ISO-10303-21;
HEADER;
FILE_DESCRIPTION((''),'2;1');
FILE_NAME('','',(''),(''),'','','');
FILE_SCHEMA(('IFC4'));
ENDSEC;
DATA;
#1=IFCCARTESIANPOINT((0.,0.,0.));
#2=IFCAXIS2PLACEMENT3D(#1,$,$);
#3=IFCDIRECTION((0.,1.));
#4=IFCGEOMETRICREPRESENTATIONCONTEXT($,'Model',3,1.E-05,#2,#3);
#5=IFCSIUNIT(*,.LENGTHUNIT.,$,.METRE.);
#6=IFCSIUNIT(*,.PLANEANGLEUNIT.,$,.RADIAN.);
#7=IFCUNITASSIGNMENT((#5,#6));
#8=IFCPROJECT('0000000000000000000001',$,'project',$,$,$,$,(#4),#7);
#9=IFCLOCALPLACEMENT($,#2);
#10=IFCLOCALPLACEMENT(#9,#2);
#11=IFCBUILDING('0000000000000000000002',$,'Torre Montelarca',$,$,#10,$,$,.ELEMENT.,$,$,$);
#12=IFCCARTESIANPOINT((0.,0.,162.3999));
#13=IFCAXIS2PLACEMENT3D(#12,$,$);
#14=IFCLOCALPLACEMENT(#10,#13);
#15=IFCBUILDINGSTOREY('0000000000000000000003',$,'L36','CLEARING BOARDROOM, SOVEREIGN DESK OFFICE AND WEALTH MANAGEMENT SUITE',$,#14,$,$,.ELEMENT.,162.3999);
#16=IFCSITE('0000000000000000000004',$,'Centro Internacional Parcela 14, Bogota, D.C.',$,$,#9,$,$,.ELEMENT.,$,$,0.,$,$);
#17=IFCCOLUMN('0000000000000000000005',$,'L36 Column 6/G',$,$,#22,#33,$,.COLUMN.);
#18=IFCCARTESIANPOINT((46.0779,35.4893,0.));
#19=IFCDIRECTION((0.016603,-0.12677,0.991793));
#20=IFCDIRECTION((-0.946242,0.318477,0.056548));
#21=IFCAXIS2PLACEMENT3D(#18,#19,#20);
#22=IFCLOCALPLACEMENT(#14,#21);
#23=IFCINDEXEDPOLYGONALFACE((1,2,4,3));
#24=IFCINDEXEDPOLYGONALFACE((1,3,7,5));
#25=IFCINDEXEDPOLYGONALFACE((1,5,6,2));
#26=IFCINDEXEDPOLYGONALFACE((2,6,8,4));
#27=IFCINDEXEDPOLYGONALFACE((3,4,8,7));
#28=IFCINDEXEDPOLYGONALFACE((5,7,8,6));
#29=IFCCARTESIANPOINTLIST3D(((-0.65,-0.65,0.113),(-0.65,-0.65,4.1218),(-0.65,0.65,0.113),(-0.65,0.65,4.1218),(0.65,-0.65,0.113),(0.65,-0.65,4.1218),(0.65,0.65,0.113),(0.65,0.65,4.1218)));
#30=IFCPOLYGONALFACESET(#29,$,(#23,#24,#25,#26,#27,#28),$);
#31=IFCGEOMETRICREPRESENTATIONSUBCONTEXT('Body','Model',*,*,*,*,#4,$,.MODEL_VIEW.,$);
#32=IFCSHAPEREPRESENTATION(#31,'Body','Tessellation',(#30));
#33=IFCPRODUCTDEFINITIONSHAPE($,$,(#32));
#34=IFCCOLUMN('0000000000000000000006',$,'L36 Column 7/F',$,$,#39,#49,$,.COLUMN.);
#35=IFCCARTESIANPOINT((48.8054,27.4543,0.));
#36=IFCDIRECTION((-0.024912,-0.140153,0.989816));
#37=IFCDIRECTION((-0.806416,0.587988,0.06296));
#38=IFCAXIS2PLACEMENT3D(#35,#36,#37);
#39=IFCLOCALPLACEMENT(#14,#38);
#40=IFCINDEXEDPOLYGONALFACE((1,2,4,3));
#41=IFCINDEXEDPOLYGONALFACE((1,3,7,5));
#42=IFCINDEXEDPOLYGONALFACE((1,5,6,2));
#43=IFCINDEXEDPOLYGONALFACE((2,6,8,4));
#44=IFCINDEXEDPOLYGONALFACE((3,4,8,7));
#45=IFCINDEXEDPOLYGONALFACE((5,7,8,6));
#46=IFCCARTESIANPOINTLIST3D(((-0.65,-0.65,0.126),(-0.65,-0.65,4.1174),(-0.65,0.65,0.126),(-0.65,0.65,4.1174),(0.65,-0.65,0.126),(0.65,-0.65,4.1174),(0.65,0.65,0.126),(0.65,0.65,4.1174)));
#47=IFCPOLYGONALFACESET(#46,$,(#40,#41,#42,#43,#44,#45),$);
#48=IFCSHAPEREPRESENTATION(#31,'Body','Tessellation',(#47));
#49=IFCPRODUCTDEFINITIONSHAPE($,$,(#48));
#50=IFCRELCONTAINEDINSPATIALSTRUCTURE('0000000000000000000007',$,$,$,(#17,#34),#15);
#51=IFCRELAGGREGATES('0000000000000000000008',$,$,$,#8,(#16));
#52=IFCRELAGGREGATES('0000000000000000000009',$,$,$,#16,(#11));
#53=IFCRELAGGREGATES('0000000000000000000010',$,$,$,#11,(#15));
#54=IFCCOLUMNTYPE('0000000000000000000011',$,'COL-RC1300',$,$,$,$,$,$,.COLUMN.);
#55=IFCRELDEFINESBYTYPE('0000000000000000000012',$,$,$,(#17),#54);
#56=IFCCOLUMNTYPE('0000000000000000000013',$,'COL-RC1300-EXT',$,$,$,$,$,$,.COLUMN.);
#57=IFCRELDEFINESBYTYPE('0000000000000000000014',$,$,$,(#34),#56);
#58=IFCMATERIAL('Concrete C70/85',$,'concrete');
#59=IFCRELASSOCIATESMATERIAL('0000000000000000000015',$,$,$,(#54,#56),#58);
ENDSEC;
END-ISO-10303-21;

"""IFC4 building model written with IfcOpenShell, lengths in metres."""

from ifc_helpers import new_model, si_unit, direction, frame, origin, origin_2d, place, context, subcontext, project, spatial, rectangle, extrude, clip, halfspace, material, material_profile, profile_set, type_object, element, save


model = new_model("IFC4")

# Units and contexts
model_context = context("Model", 3, precision=1e-05, world=origin(), true_north=direction((0.0, 1.0)))
body_context = subcontext(model_context, "Body", "Model", "MODEL_VIEW")
ifc_project = project(units=[si_unit("LENGTHUNIT", "METRE"), si_unit("PLANEANGLEUNIT", "RADIAN")], contexts=[model_context])

# Site, building, storey
site_placement = place(None, origin())
site = spatial("IfcSite", under=ifc_project, at=site_placement, Name="Centro Internacional Parcela 14, Bogota, D.C.", CompositionType="ELEMENT", RefElevation=0.0)
building_placement = place(site_placement, origin())
building = spatial("IfcBuilding", under=site, at=building_placement, Name="Torre Montelarca", CompositionType="ELEMENT")
storey_placement = place(building_placement, frame((0.0, 0.0, 162.3999)))
storey = spatial("IfcBuildingStorey", under=building, at=storey_placement, Name="L36", Description="CLEARING BOARDROOM, SOVEREIGN DESK OFFICE AND WEALTH MANAGEMENT SUITE", CompositionType="ELEMENT", Elevation=162.3999)

# Columns
ifc_material_1 = material(Name="Concrete C70/85", Category="concrete")
ifc_material_profile_1 = material_profile(ifc_material_1, rectangle(XDim=1.3, YDim=1.3, at=origin_2d()), Name="RC1300X1300", Category="concrete")
ifc_profile_set_1 = profile_set([ifc_material_profile_1], Name="Concrete C70/85")
column_type_1 = type_object("IfcColumnType", Name="COL-RC1300", PredefinedType="COLUMN", material=ifc_profile_set_1)
column_1_placement = place(storey_placement, frame((46.0779, 35.4893, 0.0), z_axis=(0.016603, -0.12677, 0.991793), x_axis=(-0.946242, 0.318477, 0.056548)))
element("IfcColumn", 1, at=column_1_placement, inside=storey, type_object=column_type_1, Name="L36 Column 6/G", PredefinedType="COLUMN", context=body_context, shape_type="Clipping", body=[
    clip(clip(extrude(rectangle(XDim=1.3, YDim=1.3, at=origin_2d()), origin(), (0.0, 0.0, 1.0), 4.2349), halfspace(frame((0.0, 0.0, 0.113), z_axis=(0.0, 0.0, -1.0), x_axis=(1.0, 0.0, 0.0)), False)), halfspace(frame((0.0, 0.0, 4.1218), z_axis=(0.0, 0.0, 1.0), x_axis=(1.0, 0.0, 0.0)), False)),
])
ifc_material_profile_2 = material_profile(ifc_material_1, rectangle(XDim=1.3, YDim=1.3, at=origin_2d()), Name="RC1300X1300", Category="concrete")
ifc_profile_set_2 = profile_set([ifc_material_profile_2], Name="Concrete C70/85")
column_type_2 = type_object("IfcColumnType", Name="COL-RC1300-EXT", PredefinedType="COLUMN", material=ifc_profile_set_2)
column_2_placement = place(storey_placement, frame((48.8054, 27.4543, 0.0), z_axis=(-0.024912, -0.140153, 0.989816), x_axis=(-0.806416, 0.587988, 0.06296)))
element("IfcColumn", 2, at=column_2_placement, inside=storey, type_object=column_type_2, Name="L36 Column 7/F", PredefinedType="COLUMN", context=body_context, shape_type="Clipping", body=[
    clip(clip(extrude(rectangle(XDim=1.3, YDim=1.3, at=origin_2d()), origin(), (0.0, 0.0, 1.0), 4.2434), halfspace(frame((0.0, 0.0, 0.126), z_axis=(0.0, 0.0, -1.0), x_axis=(1.0, 0.0, 0.0)), False)), halfspace(frame((0.0, 0.0, 4.1174), z_axis=(0.0, 0.0, 1.0), x_axis=(1.0, 0.0, 0.0)), False)),
])

save(model, "model.ifc")
